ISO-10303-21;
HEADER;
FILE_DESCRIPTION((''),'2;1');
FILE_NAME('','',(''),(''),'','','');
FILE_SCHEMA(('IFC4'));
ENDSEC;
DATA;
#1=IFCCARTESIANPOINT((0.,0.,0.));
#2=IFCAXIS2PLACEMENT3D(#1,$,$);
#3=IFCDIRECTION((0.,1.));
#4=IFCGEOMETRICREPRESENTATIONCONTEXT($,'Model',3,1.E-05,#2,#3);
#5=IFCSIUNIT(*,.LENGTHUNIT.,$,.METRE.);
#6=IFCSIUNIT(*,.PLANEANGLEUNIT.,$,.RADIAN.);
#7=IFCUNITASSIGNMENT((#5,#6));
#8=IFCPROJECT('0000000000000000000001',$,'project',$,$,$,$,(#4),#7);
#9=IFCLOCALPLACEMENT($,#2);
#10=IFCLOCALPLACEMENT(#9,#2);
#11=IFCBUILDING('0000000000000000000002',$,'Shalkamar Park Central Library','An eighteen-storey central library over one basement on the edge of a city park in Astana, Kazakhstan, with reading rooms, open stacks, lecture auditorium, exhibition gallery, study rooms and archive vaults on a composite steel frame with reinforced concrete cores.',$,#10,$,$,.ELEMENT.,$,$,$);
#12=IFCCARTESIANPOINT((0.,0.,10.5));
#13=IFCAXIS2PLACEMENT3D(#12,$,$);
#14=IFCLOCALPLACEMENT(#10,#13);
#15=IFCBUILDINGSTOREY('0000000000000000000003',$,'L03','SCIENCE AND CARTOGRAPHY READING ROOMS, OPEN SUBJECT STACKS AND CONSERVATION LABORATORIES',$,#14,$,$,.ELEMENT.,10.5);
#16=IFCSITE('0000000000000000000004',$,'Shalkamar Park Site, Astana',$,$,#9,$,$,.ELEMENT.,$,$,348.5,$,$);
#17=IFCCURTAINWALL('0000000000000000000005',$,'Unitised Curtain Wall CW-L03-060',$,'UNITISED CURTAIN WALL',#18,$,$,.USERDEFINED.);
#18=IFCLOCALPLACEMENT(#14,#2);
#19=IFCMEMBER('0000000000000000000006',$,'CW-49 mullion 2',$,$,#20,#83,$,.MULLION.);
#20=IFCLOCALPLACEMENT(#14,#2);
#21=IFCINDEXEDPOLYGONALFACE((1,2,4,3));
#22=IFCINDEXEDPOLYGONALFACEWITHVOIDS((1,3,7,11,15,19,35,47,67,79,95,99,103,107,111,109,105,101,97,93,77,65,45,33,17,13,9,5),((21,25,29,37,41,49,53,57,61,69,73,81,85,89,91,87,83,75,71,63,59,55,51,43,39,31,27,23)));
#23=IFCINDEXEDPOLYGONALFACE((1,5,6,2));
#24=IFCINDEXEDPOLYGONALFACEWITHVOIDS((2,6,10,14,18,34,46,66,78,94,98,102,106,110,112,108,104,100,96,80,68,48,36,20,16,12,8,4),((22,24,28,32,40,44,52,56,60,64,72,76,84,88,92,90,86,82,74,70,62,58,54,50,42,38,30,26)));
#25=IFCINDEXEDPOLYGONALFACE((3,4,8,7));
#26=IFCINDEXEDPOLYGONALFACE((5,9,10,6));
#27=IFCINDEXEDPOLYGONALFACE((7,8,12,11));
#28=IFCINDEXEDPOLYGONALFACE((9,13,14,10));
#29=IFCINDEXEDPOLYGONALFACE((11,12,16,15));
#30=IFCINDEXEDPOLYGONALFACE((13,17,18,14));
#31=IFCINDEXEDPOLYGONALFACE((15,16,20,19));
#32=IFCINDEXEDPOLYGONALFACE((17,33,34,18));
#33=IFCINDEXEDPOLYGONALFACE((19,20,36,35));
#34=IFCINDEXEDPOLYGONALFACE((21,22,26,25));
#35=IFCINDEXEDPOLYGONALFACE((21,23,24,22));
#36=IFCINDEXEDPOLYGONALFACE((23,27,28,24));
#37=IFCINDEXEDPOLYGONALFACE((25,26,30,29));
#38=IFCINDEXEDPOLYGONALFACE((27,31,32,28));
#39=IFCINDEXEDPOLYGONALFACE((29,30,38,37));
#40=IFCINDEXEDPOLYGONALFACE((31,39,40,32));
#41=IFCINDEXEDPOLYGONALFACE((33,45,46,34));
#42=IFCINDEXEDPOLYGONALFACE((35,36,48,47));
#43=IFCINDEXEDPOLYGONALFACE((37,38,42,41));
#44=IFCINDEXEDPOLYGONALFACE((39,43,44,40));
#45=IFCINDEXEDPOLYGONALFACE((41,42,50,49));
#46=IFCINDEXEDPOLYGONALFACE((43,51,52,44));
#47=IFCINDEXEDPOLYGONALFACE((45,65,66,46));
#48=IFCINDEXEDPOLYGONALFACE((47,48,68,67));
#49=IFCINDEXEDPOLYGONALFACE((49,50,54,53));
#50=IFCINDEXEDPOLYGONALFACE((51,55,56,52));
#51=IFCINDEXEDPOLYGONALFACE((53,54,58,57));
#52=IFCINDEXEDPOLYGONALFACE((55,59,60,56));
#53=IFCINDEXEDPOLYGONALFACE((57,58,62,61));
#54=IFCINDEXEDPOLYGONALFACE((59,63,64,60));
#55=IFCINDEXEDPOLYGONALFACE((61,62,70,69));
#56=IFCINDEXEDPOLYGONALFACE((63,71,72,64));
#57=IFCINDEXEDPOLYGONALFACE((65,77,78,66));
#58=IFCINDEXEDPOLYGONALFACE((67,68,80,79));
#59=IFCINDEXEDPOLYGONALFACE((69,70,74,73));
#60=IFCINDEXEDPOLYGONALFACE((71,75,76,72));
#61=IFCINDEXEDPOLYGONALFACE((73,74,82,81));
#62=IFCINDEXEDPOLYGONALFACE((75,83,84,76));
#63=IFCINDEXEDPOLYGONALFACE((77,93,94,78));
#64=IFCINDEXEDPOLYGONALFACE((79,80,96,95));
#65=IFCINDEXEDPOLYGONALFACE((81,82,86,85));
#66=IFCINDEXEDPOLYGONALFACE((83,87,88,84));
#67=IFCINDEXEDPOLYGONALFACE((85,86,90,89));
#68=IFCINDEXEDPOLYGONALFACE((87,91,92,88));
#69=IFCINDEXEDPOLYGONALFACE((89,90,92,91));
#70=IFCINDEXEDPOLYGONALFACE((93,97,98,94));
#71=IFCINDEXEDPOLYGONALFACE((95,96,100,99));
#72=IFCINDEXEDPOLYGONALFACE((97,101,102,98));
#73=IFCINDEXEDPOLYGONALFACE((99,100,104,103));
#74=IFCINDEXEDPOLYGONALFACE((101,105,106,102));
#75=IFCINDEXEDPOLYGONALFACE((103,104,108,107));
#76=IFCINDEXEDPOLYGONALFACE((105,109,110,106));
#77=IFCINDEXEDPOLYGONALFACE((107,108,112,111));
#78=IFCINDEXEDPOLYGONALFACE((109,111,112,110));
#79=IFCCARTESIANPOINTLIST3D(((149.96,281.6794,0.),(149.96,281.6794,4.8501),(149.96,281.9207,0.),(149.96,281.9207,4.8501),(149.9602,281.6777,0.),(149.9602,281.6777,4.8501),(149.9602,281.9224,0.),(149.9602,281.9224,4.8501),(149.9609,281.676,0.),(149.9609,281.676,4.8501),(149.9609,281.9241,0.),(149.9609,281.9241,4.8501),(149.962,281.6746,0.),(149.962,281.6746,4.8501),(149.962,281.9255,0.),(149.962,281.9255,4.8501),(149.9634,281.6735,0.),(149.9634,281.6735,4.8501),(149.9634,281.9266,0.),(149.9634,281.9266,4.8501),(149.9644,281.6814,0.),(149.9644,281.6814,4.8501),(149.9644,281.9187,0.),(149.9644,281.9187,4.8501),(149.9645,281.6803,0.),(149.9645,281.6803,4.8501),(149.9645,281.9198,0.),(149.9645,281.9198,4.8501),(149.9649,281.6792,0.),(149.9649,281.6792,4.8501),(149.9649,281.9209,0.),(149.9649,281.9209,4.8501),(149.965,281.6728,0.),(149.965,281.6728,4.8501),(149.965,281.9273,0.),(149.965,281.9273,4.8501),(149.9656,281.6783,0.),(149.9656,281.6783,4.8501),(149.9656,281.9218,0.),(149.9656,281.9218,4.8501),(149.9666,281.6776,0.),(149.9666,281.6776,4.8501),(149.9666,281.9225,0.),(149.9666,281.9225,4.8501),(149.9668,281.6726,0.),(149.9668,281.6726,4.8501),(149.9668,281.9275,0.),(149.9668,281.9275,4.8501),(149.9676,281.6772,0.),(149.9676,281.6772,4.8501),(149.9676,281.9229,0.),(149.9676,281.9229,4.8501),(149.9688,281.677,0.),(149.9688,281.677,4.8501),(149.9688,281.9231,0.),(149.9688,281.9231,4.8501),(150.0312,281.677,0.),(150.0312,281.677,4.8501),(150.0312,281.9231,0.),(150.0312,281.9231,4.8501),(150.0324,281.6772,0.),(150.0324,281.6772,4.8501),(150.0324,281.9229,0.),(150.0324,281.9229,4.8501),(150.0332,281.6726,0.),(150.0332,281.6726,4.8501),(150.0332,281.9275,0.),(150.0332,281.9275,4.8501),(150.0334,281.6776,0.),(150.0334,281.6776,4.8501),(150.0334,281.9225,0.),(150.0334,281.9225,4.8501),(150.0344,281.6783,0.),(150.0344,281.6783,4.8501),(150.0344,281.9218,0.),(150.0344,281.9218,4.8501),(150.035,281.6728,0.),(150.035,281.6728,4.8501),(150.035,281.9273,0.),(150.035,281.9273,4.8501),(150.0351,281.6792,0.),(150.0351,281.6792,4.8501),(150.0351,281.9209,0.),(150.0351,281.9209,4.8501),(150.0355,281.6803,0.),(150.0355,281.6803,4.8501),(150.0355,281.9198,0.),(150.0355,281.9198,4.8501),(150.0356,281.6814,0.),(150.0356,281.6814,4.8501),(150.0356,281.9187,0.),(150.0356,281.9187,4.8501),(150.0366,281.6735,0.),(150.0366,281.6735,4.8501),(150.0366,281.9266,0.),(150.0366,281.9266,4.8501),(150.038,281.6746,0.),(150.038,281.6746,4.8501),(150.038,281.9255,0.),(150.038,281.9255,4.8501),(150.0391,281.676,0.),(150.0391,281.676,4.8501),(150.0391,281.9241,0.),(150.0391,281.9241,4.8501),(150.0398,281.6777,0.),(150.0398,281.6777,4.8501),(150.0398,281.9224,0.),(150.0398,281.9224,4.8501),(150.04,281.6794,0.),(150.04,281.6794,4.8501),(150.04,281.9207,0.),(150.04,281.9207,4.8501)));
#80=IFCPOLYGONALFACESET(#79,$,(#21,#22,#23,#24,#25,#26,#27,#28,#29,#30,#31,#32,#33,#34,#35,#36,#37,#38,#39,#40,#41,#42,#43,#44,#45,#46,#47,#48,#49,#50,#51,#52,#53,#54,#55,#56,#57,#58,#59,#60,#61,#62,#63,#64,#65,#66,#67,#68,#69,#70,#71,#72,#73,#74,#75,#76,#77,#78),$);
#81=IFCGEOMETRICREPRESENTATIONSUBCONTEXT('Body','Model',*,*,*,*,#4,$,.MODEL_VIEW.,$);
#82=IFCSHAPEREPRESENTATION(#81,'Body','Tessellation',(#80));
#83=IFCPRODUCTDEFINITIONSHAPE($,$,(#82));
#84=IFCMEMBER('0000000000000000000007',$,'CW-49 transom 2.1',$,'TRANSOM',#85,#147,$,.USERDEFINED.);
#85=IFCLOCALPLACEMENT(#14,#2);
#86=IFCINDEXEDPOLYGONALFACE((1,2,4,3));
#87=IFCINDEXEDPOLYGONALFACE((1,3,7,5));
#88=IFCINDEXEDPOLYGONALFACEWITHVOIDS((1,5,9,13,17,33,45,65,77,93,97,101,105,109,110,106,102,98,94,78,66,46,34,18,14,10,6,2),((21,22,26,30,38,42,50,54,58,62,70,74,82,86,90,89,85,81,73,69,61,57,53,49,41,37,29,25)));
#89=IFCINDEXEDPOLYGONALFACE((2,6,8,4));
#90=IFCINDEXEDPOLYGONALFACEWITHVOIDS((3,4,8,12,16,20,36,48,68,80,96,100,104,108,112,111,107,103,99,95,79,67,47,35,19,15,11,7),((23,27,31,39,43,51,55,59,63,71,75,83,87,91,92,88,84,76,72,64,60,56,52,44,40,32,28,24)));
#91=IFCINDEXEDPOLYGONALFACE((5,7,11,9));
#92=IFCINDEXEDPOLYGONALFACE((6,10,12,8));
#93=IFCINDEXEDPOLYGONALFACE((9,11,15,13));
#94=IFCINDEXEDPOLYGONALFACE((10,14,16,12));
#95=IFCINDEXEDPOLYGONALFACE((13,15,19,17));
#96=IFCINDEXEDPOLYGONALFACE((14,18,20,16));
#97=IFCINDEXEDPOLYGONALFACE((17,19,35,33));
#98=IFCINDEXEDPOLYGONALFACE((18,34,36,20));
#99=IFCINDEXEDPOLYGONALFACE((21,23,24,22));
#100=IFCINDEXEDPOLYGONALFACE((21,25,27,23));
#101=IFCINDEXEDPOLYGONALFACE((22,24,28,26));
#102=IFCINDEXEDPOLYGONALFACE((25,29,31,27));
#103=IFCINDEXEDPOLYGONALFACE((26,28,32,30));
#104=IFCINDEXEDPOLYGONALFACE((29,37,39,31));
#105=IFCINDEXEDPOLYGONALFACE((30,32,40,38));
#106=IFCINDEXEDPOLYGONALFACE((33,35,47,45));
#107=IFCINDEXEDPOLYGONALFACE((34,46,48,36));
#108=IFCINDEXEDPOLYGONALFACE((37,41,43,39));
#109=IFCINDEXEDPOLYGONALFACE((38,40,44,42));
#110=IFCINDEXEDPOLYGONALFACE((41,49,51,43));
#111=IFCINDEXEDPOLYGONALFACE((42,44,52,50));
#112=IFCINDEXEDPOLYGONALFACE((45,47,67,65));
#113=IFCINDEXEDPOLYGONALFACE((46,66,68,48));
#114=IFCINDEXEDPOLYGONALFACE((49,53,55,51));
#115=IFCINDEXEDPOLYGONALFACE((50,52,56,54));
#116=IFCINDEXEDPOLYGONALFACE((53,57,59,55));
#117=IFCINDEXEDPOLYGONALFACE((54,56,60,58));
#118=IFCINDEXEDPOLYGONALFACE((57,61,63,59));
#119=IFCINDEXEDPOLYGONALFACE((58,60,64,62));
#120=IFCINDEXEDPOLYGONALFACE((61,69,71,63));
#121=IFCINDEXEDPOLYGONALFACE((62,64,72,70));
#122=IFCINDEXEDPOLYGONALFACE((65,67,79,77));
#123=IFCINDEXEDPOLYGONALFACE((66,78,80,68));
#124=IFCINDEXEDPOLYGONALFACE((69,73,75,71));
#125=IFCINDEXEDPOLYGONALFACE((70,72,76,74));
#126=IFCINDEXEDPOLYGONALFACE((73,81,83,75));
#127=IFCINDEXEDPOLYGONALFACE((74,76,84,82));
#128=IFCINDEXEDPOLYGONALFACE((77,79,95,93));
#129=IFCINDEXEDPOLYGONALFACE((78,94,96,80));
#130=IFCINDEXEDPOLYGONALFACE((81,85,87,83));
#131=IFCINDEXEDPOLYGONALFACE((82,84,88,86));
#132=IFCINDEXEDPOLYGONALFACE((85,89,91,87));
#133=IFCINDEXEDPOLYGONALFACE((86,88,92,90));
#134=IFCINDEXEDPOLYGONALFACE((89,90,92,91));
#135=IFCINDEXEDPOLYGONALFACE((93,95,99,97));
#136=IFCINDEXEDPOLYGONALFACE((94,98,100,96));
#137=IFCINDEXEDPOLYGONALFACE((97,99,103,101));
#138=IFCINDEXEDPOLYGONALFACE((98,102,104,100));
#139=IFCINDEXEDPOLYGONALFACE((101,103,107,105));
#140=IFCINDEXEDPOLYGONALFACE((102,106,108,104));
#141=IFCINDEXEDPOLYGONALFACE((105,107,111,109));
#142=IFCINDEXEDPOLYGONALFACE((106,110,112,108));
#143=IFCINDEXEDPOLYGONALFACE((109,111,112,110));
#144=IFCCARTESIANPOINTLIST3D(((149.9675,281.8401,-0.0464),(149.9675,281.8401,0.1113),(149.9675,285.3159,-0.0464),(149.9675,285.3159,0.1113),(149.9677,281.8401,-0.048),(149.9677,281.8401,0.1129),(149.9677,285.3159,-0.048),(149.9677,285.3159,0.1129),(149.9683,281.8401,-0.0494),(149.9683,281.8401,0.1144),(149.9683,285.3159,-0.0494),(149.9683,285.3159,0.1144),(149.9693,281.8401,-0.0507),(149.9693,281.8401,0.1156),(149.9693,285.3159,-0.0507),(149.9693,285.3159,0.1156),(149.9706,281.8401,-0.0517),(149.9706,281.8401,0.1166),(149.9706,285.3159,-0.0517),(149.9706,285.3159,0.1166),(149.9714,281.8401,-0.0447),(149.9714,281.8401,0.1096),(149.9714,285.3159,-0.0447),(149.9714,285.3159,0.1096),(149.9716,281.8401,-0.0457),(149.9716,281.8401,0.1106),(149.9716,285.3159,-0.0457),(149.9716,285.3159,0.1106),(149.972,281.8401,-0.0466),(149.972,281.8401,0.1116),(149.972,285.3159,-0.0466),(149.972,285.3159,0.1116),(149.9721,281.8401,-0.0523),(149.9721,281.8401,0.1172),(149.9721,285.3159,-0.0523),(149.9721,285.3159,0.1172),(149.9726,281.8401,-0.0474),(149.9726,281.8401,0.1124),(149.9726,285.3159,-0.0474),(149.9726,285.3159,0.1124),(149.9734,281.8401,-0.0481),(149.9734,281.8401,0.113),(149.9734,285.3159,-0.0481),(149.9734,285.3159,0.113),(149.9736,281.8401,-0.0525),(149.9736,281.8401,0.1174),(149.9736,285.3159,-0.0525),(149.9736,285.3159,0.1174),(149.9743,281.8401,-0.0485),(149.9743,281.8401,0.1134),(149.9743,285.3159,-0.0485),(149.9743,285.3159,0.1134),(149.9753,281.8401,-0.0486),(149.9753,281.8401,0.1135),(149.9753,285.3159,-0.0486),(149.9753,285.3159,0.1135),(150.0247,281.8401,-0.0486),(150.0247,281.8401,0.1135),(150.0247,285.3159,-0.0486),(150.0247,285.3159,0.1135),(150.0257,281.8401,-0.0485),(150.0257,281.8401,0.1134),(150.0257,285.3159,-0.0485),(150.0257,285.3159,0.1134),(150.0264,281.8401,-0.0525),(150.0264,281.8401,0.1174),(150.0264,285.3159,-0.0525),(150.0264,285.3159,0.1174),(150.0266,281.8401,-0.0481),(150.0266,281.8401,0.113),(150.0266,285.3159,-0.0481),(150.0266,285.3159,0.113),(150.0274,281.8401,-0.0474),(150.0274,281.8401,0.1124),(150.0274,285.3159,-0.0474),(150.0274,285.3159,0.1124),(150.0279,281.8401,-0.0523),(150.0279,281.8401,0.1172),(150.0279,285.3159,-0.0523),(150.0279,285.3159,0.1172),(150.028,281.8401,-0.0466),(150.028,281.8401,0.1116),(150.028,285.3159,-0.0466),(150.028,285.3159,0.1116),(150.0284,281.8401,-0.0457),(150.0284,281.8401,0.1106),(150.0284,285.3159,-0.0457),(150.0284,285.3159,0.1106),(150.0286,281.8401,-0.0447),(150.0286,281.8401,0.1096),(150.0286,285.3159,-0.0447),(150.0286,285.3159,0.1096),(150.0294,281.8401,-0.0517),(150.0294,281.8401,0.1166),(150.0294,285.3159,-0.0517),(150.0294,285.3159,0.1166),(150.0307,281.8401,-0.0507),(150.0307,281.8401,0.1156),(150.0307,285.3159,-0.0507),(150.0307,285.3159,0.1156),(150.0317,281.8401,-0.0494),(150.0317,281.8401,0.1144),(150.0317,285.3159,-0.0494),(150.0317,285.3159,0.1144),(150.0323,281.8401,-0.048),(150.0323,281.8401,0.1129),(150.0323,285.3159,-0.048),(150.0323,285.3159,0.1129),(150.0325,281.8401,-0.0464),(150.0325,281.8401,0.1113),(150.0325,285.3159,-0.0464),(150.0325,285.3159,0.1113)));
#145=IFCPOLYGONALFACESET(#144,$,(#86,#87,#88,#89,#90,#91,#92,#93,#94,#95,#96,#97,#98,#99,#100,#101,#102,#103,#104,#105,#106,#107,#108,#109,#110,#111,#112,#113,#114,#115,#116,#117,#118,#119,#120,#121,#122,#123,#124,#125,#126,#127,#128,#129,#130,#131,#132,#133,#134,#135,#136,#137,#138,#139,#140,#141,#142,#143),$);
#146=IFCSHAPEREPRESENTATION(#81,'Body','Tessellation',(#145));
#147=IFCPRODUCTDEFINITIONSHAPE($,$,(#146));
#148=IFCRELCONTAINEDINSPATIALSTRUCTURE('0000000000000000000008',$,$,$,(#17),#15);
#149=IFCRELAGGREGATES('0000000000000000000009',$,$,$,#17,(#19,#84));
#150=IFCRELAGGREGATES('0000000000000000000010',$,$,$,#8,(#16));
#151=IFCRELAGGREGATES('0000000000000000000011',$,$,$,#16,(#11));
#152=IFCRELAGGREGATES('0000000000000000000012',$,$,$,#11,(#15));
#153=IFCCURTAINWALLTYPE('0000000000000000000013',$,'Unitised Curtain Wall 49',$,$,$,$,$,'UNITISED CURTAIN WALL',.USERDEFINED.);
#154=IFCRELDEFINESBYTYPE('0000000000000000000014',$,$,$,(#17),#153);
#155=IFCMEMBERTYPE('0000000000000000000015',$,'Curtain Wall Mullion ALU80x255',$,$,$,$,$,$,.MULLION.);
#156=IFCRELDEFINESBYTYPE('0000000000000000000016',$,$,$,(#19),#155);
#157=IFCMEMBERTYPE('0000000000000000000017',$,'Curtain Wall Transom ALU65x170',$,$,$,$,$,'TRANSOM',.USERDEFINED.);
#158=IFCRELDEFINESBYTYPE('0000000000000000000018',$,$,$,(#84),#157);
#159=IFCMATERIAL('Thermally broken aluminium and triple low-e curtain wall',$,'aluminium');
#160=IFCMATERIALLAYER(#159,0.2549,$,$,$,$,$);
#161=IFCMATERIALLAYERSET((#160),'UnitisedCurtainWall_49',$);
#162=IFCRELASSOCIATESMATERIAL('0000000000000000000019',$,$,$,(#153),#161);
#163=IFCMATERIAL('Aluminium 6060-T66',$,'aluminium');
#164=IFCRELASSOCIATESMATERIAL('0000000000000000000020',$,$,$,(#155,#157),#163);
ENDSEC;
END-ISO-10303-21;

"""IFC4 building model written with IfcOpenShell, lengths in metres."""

from ifc_helpers import new_model, si_unit, direction, frame, origin, origin_2d, place, context, subcontext, project, spatial, hollow_rectangle, extrude, material, layer, layer_set, material_profile, profile_set, type_object, element, aggregate, save


model = new_model("IFC4")

# Units and contexts
model_context = context("Model", 3, precision=1e-05, world=origin(), true_north=direction((0.0, 1.0)))
body_context = subcontext(model_context, "Body", "Model", "MODEL_VIEW")
ifc_project = project(units=[si_unit("LENGTHUNIT", "METRE"), si_unit("PLANEANGLEUNIT", "RADIAN")], contexts=[model_context])

# Site, building, storey
site_placement = place(None, origin())
site = spatial("IfcSite", under=ifc_project, at=site_placement, Name="Shalkamar Park Site, Astana", CompositionType="ELEMENT", RefElevation=348.5)
building_placement = place(site_placement, origin())
building = spatial("IfcBuilding", under=site, at=building_placement, Name="Shalkamar Park Central Library", Description="An eighteen-storey central library over one basement on the edge of a city park in Astana, Kazakhstan, with reading rooms, open stacks, lecture auditorium, exhibition gallery, study rooms and archive vaults on a composite steel frame with reinforced concrete cores.", CompositionType="ELEMENT")
storey_placement = place(building_placement, frame((0.0, 0.0, 10.5)))
storey = spatial("IfcBuildingStorey", under=building, at=storey_placement, Name="L03", Description="SCIENCE AND CARTOGRAPHY READING ROOMS, OPEN SUBJECT STACKS AND CONSERVATION LABORATORIES", CompositionType="ELEMENT", Elevation=10.5)

# Curtain wall, members
ifc_material_1 = material(Name="Thermally broken aluminium and triple low-e curtain wall", Category="aluminium")
ifc_layer_1 = layer(ifc_material_1, 0.2549)
ifc_layer_set_1 = layer_set([ifc_layer_1], Name="UnitisedCurtainWall_49")
curtain_wall_type = type_object("IfcCurtainWallType", Name="Unitised Curtain Wall 49", ElementType="UNITISED CURTAIN WALL", PredefinedType="USERDEFINED", material=ifc_layer_set_1)
curtain_wall_placement = place(storey_placement, origin())
curtain_wall = element("IfcCurtainWall", 1, at=curtain_wall_placement, inside=storey, type_object=curtain_wall_type, Name="Unitised Curtain Wall CW-L03-060", ObjectType="UNITISED CURTAIN WALL", PredefinedType="USERDEFINED")
ifc_material_2 = material(Name="Aluminium 6060-T66", Category="aluminium")
ifc_material_profile_1 = material_profile(ifc_material_2, hollow_rectangle(XDim=0.0801, YDim=0.2549, WallThickness=0.0044, InnerFilletRadius=0.0044, OuterFilletRadius=0.0068, at=origin_2d()), Name="ALU 80x255x4.5")
ifc_profile_set_1 = profile_set([ifc_material_profile_1], Name="Aluminium 6060-T66")
member_type_1 = type_object("IfcMemberType", Name="Curtain Wall Mullion ALU80x255", PredefinedType="MULLION", material=ifc_profile_set_1)
member_1_placement = place(storey_placement, frame((150.0, 281.8, 0.0), z_axis=(0.0, 0.0, 1.0), x_axis=(-1.0, 0.0, 0.0)))
member_1 = element("IfcMember", 2, at=member_1_placement, type_object=member_type_1, Name="CW-49 mullion 2", PredefinedType="MULLION", context=body_context, shape_type="SweptSolid", body=[
    extrude(hollow_rectangle(XDim=0.0801, YDim=0.2549, WallThickness=0.0044, InnerFilletRadius=0.0044, OuterFilletRadius=0.0068, at=origin_2d()), origin(), (0.0, 0.0, 1.0), 4.8501),
])
ifc_material_profile_2 = material_profile(ifc_material_2, hollow_rectangle(XDim=0.0649, YDim=0.1699, WallThickness=0.0039, InnerFilletRadius=0.0039, OuterFilletRadius=0.0061, at=origin_2d()), Name="ALU 65x170x4")
ifc_profile_set_2 = profile_set([ifc_material_profile_2], Name="Aluminium 6060-T66")
member_type_2 = type_object("IfcMemberType", Name="Curtain Wall Transom ALU65x170", ElementType="TRANSOM", PredefinedType="USERDEFINED", material=ifc_profile_set_2)
member_2_placement = place(storey_placement, frame((150.0, 281.8401, 0.0325), z_axis=(0.0, 1.0, 0.0), x_axis=(-1.0, 0.0, 0.0)))
member_2 = element("IfcMember", 3, at=member_2_placement, type_object=member_type_2, Name="CW-49 transom 2.1", ObjectType="TRANSOM", PredefinedType="USERDEFINED", context=body_context, shape_type="SweptSolid", body=[
    extrude(hollow_rectangle(XDim=0.0649, YDim=0.1699, WallThickness=0.0039, InnerFilletRadius=0.0039, OuterFilletRadius=0.0061, at=origin_2d()), origin(), (0.0, 0.0, 1.0), 3.4758),
])
aggregate(curtain_wall, [member_1, member_2])

save(model, "model.ifc")
